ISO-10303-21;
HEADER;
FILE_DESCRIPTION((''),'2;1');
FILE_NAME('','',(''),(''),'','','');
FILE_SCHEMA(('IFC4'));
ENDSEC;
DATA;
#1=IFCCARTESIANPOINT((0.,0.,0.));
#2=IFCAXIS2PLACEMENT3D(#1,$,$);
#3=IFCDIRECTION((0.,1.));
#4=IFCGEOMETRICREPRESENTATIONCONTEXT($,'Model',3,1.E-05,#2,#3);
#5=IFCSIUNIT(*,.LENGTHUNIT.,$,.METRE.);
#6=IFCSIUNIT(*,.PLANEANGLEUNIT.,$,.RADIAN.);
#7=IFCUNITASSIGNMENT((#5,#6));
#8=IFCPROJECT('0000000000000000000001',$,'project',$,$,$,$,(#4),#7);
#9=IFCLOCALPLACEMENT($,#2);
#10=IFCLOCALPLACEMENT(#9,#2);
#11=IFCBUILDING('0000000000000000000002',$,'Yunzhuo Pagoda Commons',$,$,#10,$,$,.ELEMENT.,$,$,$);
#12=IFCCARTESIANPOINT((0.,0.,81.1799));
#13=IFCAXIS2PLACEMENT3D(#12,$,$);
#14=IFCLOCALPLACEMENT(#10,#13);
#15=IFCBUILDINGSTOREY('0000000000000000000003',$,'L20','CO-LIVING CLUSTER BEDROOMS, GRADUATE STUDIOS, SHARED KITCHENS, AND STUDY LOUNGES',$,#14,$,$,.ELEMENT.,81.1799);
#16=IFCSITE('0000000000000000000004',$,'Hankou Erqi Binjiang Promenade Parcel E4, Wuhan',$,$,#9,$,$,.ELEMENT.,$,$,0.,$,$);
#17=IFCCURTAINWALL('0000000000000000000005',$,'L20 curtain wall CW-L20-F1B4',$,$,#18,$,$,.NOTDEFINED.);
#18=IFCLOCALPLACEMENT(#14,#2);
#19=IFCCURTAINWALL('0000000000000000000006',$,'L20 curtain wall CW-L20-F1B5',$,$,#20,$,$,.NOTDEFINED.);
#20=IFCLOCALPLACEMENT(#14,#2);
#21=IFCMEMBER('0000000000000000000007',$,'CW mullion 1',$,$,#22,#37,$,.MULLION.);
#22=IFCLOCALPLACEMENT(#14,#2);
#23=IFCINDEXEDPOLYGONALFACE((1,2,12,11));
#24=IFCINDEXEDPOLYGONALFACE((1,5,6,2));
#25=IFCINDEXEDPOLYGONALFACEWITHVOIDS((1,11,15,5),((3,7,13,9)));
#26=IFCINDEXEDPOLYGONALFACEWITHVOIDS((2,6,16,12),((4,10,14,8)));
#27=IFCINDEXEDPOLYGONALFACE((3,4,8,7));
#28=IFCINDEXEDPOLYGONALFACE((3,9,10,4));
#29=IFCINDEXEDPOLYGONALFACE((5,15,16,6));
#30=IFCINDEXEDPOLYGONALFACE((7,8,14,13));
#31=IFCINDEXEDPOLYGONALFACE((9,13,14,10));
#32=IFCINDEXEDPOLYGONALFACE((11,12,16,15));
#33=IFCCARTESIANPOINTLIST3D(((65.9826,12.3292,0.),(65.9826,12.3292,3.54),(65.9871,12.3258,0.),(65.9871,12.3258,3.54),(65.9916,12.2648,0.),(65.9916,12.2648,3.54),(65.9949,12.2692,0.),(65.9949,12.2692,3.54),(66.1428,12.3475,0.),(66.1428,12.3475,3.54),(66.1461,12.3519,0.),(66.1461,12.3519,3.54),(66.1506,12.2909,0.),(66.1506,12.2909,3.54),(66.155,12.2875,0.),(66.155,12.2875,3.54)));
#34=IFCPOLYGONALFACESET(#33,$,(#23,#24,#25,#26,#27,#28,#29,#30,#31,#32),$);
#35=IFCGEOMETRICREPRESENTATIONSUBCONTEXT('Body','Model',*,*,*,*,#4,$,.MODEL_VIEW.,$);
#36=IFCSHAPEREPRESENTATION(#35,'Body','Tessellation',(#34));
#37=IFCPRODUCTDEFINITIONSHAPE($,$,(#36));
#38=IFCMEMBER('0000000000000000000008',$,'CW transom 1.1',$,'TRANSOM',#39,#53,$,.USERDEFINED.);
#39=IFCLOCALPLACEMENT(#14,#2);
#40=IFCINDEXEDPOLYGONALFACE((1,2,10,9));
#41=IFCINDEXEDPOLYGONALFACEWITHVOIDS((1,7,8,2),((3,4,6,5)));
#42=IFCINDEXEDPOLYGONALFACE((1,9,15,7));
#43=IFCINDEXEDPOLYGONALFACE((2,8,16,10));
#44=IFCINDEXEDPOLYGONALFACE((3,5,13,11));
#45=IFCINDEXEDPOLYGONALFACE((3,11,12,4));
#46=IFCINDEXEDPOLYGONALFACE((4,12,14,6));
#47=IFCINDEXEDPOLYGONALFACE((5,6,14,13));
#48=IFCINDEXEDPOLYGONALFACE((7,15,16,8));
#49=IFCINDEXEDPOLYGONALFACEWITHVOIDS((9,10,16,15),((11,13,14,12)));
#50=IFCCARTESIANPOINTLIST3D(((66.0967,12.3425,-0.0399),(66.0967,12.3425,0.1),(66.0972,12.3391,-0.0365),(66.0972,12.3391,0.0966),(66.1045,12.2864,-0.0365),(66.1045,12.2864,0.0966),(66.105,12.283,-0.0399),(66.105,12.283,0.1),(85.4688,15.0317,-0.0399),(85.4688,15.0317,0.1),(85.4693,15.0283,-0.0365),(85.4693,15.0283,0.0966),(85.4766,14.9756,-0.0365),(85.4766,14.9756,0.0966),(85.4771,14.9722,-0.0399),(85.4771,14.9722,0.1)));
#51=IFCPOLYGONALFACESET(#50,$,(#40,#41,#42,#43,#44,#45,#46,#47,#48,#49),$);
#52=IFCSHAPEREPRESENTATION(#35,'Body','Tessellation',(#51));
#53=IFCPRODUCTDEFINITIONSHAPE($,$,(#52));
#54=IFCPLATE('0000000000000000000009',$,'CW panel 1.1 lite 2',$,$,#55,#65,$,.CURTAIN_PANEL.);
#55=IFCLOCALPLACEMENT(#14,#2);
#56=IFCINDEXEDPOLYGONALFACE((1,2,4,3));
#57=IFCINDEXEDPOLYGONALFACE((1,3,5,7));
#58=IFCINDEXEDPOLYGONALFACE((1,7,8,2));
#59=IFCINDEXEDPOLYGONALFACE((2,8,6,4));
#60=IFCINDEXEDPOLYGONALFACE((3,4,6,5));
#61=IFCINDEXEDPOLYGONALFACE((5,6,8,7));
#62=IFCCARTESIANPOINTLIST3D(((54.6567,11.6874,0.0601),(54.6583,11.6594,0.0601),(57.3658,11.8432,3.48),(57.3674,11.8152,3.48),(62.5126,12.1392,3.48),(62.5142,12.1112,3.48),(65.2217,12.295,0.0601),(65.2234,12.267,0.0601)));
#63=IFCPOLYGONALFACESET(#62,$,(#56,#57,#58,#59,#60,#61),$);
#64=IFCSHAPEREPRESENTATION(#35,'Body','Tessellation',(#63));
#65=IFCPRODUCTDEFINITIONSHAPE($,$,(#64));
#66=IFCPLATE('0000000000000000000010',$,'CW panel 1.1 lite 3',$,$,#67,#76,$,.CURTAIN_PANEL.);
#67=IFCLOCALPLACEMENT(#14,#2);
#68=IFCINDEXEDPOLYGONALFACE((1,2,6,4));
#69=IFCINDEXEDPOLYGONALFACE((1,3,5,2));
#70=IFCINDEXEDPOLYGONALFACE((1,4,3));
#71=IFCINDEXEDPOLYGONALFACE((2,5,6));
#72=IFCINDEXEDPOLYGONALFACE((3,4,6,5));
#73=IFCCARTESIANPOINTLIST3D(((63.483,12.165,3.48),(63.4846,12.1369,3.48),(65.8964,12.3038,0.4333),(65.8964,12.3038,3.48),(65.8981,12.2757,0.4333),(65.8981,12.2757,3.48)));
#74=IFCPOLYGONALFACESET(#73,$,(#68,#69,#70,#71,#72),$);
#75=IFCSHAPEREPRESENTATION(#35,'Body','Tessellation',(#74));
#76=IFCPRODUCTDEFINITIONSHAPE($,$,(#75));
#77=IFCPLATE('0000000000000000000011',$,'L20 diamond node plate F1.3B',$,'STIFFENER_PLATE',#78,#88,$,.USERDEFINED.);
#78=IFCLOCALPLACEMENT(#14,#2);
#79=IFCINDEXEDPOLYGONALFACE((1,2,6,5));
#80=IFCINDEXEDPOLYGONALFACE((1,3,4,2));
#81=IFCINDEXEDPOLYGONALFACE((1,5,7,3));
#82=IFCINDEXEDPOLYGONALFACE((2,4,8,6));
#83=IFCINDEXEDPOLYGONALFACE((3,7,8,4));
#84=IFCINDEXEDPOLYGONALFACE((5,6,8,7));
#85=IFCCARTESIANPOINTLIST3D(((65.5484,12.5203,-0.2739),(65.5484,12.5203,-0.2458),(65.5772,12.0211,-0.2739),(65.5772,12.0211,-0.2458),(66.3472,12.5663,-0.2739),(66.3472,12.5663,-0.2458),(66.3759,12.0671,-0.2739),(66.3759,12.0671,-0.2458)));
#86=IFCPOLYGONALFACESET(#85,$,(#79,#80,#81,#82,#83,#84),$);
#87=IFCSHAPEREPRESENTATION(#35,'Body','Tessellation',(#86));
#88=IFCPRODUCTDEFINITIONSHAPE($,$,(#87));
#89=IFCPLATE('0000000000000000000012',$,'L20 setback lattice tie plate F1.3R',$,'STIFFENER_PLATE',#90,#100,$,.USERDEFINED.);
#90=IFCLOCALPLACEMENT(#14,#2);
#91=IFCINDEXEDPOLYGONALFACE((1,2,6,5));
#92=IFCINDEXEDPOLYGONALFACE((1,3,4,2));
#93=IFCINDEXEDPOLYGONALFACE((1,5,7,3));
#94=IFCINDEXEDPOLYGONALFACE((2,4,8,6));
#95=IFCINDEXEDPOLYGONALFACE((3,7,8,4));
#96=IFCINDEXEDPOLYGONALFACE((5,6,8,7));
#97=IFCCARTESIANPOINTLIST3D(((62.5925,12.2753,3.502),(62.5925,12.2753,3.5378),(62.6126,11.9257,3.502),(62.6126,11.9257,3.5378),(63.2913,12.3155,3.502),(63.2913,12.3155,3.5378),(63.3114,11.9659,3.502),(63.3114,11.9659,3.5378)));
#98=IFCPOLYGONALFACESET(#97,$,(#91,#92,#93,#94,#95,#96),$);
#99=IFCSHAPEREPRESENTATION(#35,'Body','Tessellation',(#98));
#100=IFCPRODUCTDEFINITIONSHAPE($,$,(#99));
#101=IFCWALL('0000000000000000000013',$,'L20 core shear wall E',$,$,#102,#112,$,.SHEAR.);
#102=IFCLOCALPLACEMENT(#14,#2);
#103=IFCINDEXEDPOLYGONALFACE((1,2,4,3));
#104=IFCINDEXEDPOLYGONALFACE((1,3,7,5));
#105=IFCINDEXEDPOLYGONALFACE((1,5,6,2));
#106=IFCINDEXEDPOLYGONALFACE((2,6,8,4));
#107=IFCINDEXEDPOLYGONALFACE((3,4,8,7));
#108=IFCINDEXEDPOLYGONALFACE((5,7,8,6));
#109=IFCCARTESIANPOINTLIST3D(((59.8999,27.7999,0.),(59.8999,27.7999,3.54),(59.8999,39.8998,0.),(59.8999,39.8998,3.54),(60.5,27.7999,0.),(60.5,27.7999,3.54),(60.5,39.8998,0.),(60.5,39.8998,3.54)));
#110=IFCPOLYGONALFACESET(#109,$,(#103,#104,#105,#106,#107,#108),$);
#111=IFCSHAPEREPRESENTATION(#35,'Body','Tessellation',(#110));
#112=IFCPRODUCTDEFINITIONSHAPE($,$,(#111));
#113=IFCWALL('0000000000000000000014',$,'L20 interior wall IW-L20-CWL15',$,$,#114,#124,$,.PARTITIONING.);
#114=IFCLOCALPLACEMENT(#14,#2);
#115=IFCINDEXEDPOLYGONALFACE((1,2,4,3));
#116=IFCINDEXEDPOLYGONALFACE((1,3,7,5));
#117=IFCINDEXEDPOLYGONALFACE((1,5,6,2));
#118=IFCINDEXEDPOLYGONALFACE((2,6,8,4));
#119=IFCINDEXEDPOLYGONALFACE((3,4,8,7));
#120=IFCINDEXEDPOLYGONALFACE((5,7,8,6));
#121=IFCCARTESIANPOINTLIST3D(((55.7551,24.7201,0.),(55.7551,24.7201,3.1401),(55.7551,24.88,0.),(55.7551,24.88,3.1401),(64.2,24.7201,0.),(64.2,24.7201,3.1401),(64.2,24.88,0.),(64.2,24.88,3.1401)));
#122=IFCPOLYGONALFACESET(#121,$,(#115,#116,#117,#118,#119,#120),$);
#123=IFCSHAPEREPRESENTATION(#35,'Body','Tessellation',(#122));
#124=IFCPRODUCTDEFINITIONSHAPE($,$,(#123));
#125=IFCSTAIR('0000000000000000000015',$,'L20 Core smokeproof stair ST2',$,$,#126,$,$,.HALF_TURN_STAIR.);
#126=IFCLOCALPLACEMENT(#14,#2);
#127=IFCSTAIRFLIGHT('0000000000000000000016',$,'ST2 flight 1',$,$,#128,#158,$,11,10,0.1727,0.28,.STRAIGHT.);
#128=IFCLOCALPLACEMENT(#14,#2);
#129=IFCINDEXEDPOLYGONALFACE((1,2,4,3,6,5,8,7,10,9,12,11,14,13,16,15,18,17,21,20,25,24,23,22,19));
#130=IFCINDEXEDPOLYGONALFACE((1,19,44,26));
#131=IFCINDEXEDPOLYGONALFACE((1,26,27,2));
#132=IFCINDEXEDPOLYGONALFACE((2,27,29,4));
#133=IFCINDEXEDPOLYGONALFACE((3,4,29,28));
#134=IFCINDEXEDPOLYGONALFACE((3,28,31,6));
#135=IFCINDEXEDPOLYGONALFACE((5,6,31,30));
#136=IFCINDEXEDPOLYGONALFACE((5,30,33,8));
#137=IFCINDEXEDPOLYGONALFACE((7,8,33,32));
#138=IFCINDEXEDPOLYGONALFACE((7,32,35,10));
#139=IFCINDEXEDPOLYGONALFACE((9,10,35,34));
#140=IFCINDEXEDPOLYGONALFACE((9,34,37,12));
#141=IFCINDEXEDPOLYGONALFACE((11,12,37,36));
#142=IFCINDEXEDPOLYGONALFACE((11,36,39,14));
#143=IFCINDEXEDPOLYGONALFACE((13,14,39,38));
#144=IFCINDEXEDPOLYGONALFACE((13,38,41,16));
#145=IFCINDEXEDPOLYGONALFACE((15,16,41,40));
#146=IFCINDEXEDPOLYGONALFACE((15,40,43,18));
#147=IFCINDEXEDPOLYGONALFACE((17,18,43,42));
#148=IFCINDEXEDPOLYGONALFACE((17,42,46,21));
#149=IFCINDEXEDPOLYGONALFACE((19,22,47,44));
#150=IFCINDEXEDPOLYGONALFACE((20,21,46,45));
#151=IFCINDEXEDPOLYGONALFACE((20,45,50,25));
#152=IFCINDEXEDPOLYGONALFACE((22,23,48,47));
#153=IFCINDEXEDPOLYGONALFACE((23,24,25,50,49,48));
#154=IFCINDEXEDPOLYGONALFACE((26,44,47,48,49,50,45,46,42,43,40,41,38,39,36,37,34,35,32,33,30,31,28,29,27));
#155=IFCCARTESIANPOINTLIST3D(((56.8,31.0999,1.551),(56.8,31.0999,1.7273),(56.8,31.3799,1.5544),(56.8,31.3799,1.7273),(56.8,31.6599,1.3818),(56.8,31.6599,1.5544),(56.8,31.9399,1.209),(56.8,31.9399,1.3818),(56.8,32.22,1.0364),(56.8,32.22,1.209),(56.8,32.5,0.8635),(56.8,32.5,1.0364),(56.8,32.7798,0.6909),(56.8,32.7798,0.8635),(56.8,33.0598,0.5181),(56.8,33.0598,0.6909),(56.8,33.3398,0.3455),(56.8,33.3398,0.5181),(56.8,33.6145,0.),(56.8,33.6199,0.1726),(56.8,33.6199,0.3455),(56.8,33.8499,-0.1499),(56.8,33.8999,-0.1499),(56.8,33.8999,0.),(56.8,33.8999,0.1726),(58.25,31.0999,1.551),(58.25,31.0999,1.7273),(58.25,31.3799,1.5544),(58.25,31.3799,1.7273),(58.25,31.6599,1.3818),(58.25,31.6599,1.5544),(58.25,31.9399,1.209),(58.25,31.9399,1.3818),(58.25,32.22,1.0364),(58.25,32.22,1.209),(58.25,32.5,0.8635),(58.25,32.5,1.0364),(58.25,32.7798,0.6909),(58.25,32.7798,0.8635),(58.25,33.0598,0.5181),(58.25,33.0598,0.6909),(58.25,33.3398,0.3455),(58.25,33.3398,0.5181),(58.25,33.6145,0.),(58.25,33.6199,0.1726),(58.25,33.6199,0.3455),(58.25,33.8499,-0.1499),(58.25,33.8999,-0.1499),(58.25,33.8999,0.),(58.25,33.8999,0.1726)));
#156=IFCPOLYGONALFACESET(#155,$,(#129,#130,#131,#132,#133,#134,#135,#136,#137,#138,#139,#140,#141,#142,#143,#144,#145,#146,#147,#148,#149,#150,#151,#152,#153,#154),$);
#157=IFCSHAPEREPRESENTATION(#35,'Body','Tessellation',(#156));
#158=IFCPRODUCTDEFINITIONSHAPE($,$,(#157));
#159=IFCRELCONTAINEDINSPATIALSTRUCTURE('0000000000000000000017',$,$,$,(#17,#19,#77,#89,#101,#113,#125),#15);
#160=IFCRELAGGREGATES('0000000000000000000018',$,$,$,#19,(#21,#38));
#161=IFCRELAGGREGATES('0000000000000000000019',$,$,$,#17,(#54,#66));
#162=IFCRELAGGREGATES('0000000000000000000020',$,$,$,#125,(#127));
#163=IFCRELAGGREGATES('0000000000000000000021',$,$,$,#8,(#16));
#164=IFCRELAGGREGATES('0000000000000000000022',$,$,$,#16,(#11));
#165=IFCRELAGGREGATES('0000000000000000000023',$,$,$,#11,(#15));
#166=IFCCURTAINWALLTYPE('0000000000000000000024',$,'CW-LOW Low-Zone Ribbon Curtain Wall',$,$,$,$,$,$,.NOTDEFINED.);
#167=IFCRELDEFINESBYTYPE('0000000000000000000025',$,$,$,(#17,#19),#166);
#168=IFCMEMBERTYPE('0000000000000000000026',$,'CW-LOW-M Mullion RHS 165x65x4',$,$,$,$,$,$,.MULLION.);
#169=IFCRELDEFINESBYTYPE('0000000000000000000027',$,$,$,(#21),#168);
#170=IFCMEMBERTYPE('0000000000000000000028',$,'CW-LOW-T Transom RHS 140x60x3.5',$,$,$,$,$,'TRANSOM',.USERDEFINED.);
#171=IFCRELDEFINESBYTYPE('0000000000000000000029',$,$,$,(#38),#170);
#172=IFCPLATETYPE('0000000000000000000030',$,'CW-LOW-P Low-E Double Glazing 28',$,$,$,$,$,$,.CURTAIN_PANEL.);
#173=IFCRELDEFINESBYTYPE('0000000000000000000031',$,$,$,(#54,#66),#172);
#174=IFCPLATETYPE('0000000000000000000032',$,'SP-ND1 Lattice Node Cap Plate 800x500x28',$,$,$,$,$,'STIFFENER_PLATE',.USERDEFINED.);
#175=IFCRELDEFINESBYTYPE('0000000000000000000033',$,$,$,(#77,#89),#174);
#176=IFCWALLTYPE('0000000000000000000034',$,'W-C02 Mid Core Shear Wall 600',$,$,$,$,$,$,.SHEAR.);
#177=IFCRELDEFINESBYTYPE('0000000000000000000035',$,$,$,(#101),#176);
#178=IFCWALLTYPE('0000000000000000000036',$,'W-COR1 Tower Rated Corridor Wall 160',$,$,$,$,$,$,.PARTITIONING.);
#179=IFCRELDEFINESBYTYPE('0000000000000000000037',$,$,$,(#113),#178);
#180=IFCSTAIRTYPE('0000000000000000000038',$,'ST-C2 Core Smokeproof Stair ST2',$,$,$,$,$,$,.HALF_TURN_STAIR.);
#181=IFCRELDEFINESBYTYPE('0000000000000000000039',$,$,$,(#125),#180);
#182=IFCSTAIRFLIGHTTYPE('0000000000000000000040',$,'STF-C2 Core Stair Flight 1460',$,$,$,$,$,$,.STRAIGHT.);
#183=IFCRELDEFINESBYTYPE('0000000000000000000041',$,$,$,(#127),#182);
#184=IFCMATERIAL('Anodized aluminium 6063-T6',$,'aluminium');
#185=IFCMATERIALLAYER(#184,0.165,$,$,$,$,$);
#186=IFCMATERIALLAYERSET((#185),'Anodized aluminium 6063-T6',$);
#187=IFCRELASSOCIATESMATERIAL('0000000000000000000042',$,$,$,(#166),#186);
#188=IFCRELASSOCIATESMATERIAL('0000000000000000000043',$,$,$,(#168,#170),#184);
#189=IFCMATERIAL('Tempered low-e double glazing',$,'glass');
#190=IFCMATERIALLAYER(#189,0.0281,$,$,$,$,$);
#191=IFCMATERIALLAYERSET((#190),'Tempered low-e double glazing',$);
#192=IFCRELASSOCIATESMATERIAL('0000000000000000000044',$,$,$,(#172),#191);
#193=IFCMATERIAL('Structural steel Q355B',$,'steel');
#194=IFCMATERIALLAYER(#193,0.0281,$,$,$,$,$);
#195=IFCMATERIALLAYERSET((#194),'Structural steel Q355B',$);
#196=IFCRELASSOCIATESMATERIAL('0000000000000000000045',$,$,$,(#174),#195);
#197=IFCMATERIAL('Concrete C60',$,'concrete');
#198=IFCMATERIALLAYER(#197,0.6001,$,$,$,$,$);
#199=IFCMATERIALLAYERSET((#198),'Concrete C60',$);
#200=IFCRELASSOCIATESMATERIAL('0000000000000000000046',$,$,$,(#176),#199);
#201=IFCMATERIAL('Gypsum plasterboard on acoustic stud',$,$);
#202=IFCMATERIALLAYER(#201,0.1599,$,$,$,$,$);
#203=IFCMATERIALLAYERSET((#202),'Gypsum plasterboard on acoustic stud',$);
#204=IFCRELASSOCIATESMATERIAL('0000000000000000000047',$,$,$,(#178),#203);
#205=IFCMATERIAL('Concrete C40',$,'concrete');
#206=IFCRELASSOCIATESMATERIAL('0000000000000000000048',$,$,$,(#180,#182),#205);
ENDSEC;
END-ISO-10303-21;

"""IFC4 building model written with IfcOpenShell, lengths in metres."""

from ifc_helpers import new_model, si_unit, direction, frame, frame_2d, origin, origin_2d, place, context, subcontext, project, spatial, polyline, rectangle, hollow_rectangle, outline, extrude, source, transform, mapped, material, layer, layer_set, material_profile, profile_set, type_object, element, aggregate, save


model = new_model("IFC4")

# Units and contexts
model_context = context("Model", 3, precision=1e-05, world=origin(), true_north=direction((0.0, 1.0)))
body_context = subcontext(model_context, "Body", "Model", "MODEL_VIEW")
ifc_project = project(units=[si_unit("LENGTHUNIT", "METRE"), si_unit("PLANEANGLEUNIT", "RADIAN")], contexts=[model_context])

# Site, building, storey
site_placement = place(None, origin())
site = spatial("IfcSite", under=ifc_project, at=site_placement, Name="Hankou Erqi Binjiang Promenade Parcel E4, Wuhan", CompositionType="ELEMENT", RefElevation=0.0)
building_placement = place(site_placement, origin())
building = spatial("IfcBuilding", under=site, at=building_placement, Name="Yunzhuo Pagoda Commons", CompositionType="ELEMENT")
storey_placement = place(building_placement, frame((0.0, 0.0, 81.1799)))
storey = spatial("IfcBuildingStorey", under=building, at=storey_placement, Name="L20", Description="CO-LIVING CLUSTER BEDROOMS, GRADUATE STUDIOS, SHARED KITCHENS, AND STUDY LOUNGES", CompositionType="ELEMENT", Elevation=81.1799)

# Shared definitions
ifc_material_1 = material(Name="Structural steel Q355B", Category="steel")

# Curtain wall
ifc_material_2 = material(Name="Anodized aluminium 6063-T6", Category="aluminium")
ifc_layer_1 = layer(ifc_material_2, 0.165)
ifc_layer_set_1 = layer_set([ifc_layer_1], Name="Anodized aluminium 6063-T6")
curtain_wall_type = type_object("IfcCurtainWallType", Name="CW-LOW Low-Zone Ribbon Curtain Wall", PredefinedType="NOTDEFINED", material=ifc_layer_set_1)
curtain_wall_1_placement = place(storey_placement, origin())
curtain_wall_1 = element("IfcCurtainWall", 1, at=curtain_wall_1_placement, inside=storey, type_object=curtain_wall_type, Name="L20 curtain wall CW-L20-F1B4", PredefinedType="NOTDEFINED")
ifc_material_profile_1 = material_profile(ifc_material_2, hollow_rectangle(XDim=0.0649, YDim=0.165, WallThickness=0.0039, at=origin_2d()), Name="Anodized aluminium 6063-T6")
ifc_profile_set_1 = profile_set([ifc_material_profile_1], Name="Anodized aluminium 6063-T6")
member_type_1 = type_object("IfcMemberType", Name="CW-LOW-M Mullion RHS 165x65x4", PredefinedType="MULLION", material=ifc_profile_set_1)
shared_shape_1 = source(origin(), body_context, "Body", "SweptSolid", [
    extrude(hollow_rectangle(XDim=0.0649, YDim=0.165, WallThickness=0.0039, at=origin_2d()), origin(), (0.0, 0.0, 1.0), 3.54),
])

# Curtain wall, members
curtain_wall_2_placement = place(storey_placement, origin())
curtain_wall_2 = element("IfcCurtainWall", 2, at=curtain_wall_2_placement, inside=storey, type_object=curtain_wall_type, Name="L20 curtain wall CW-L20-F1B5", PredefinedType="NOTDEFINED")
member_1_placement = place(storey_placement, frame((66.0688, 12.3083, 0.0), z_axis=(0.0, 0.0, 1.0), x_axis=(-0.137496, 0.990502, 0.0)))
member_1 = element("IfcMember", 3, at=member_1_placement, type_object=member_type_1, Name="CW mullion 1", PredefinedType="MULLION", context=body_context, shape_type="MappedRepresentation", body=[
    mapped(shared_shape_1, transform((0.0, 0.0, 0.0), scale=1.0)),
])
ifc_material_profile_2 = material_profile(ifc_material_2, hollow_rectangle(XDim=0.0601, YDim=0.1399, WallThickness=0.0034, at=origin_2d()), Name="Anodized aluminium 6063-T6")
ifc_profile_set_2 = profile_set([ifc_material_profile_2], Name="Anodized aluminium 6063-T6")
member_type_2 = type_object("IfcMemberType", Name="CW-LOW-T Transom RHS 140x60x3.5", ElementType="TRANSOM", PredefinedType="USERDEFINED", material=ifc_profile_set_2)
shared_shape_2 = source(origin(), body_context, "Body", "SweptSolid", [
    extrude(hollow_rectangle(XDim=0.0601, YDim=0.1399, WallThickness=0.0034, at=origin_2d()), origin(), (0.0, 0.0, 1.0), 19.5579),
])
member_2_placement = place(storey_placement, frame((66.1008, 12.3127, 0.03), z_axis=(0.990502, 0.1375, 0.0), x_axis=(-0.1375, 0.990502, 0.0)))
member_2 = element("IfcMember", 4, at=member_2_placement, type_object=member_type_2, Name="CW transom 1.1", ObjectType="TRANSOM", PredefinedType="USERDEFINED", context=body_context, shape_type="MappedRepresentation", body=[
    mapped(shared_shape_2, transform((0.0, 0.0, 0.0), scale=1.0)),
])
aggregate(curtain_wall_2, [member_1, member_2])

# Plates
ifc_material_3 = material(Name="Tempered low-e double glazing", Category="glass")
ifc_layer_2 = layer(ifc_material_3, 0.0281)
ifc_layer_set_2 = layer_set([ifc_layer_2], Name="Tempered low-e double glazing")
plate_type_1 = type_object("IfcPlateType", Name="CW-LOW-P Low-E Double Glazing 28", PredefinedType="CURTAIN_PANEL", material=ifc_layer_set_2)
plate_1_placement = place(storey_placement, frame((59.9392, 11.9912, 1.77), z_axis=(0.057418, -0.99835, 0.0), x_axis=(0.99835, 0.057418, 0.0)))
plate_1 = element("IfcPlate", 5, at=plate_1_placement, type_object=plate_type_1, Name="CW panel 1.1 lite 2", PredefinedType="CURTAIN_PANEL", context=body_context, shape_type="SweptSolid", body=[
    extrude(outline(polyline([(-5.2913, -1.71), (5.2913, -1.71), (2.5776, 1.71), (-2.5776, 1.71), (-5.2913, -1.71)])), origin(), (0.0, 0.0, 1.0), 0.0281),
])
plate_2_placement = place(storey_placement, frame((64.6897, 12.2344, 1.9568), z_axis=(0.057418, -0.99835, 0.0), x_axis=(0.99835, 0.057418, 0.0)))
plate_2 = element("IfcPlate", 6, at=plate_2_placement, type_object=plate_type_1, Name="CW panel 1.1 lite 3", PredefinedType="CURTAIN_PANEL", context=body_context, shape_type="SweptSolid", body=[
    extrude(outline(polyline([(-1.2087, 1.5232), (1.2087, -1.5234), (1.2087, 1.5232), (-1.2087, 1.5232)])), origin(), (0.0, 0.0, 1.0), 0.0281),
])
aggregate(curtain_wall_1, [plate_1, plate_2])

# Plates
ifc_layer_3 = layer(ifc_material_1, 0.0281)
ifc_layer_set_3 = layer_set([ifc_layer_3], Name="Structural steel Q355B")
plate_type_2 = type_object("IfcPlateType", Name="SP-ND1 Lattice Node Cap Plate 800x500x28", ElementType="STIFFENER_PLATE", PredefinedType="USERDEFINED", material=ifc_layer_set_3)
shared_shape_3 = source(origin(), body_context, "Body", "SweptSolid", [
    extrude(rectangle(XDim=0.8, YDim=0.5, at=origin_2d()), origin(), (0.0, 0.0, 1.0), 0.0281),
])
plate_3_placement = place(storey_placement, frame((65.9622, 12.2937, -0.2739), z_axis=(0.0, 0.0, 1.0), x_axis=(0.99835, 0.057425, 0.0)))
element("IfcPlate", 7, at=plate_3_placement, inside=storey, type_object=plate_type_2, Name="L20 diamond node plate F1.3B", ObjectType="STIFFENER_PLATE", PredefinedType="USERDEFINED", context=body_context, shape_type="MappedRepresentation", body=[
    mapped(shared_shape_3, transform((0.0, 0.0, 0.0), scale=1.0)),
])
shared_shape_4 = source(origin(), body_context, "Body", "SweptSolid", [
    extrude(rectangle(XDim=0.7, YDim=0.3501, at=origin_2d()), origin(), (0.0, 0.0, 1.0), 0.0359),
])
plate_4_placement = place(storey_placement, frame((62.9519, 12.1206, 3.502), z_axis=(0.0, 0.0, 1.0), x_axis=(0.99835, 0.057425, 0.0)))
element("IfcPlate", 8, at=plate_4_placement, inside=storey, type_object=plate_type_2, Name="L20 setback lattice tie plate F1.3R", ObjectType="STIFFENER_PLATE", PredefinedType="USERDEFINED", context=body_context, shape_type="MappedRepresentation", body=[
    mapped(shared_shape_4, transform((0.0, 0.0, 0.0), scale=1.0)),
])

# Walls
ifc_material_4 = material(Name="Concrete C60", Category="concrete")
ifc_layer_4 = layer(ifc_material_4, 0.6001)
ifc_layer_set_4 = layer_set([ifc_layer_4], Name="Concrete C60")
wall_type_1 = type_object("IfcWallType", Name="W-C02 Mid Core Shear Wall 600", PredefinedType="SHEAR", material=ifc_layer_set_4)
wall_1_placement = place(storey_placement, frame((60.2, 27.8, 0.0), z_axis=(0.0, 0.0, 1.0), x_axis=(0.0, 1.0, 0.0)))
element("IfcWall", 9, at=wall_1_placement, inside=storey, type_object=wall_type_1, Name="L20 core shear wall E", PredefinedType="SHEAR", context=body_context, shape_type="SweptSolid", body=[
    extrude(rectangle(XDim=12.0999, YDim=0.6001, at=frame_2d((6.0498, 0.0))), origin(), (0.0, 0.0, 1.0), 3.54),
])
ifc_material_5 = material(Name="Gypsum plasterboard on acoustic stud")
ifc_layer_5 = layer(ifc_material_5, 0.1599)
ifc_layer_set_5 = layer_set([ifc_layer_5], Name="Gypsum plasterboard on acoustic stud")
wall_type_2 = type_object("IfcWallType", Name="W-COR1 Tower Rated Corridor Wall 160", PredefinedType="PARTITIONING", material=ifc_layer_set_5)
wall_2_placement = place(storey_placement, frame((64.2, 24.8, 0.0), z_axis=(0.0, 0.0, 1.0), x_axis=(-1.0, 0.0, 0.0)))
element("IfcWall", 10, at=wall_2_placement, inside=storey, type_object=wall_type_2, Name="L20 interior wall IW-L20-CWL15", PredefinedType="PARTITIONING", context=body_context, shape_type="SweptSolid", body=[
    extrude(rectangle(XDim=8.4448, YDim=0.1599, at=frame_2d((4.2224, 0.0))), origin(), (0.0, 0.0, 1.0), 3.1401),
])

# Stair, stair flight
ifc_material_6 = material(Name="Concrete C40", Category="concrete")
stair_type = type_object("IfcStairType", Name="ST-C2 Core Smokeproof Stair ST2", PredefinedType="HALF_TURN_STAIR", material=ifc_material_6)
stair_placement = place(storey_placement, origin())
stair = element("IfcStair", 11, at=stair_placement, inside=storey, type_object=stair_type, Name="L20 Core smokeproof stair ST2", PredefinedType="HALF_TURN_STAIR")
stair_flight_type = type_object("IfcStairFlightType", Name="STF-C2 Core Stair Flight 1460", PredefinedType="STRAIGHT", material=ifc_material_6)
shared_shape_5 = source(origin(), body_context, "Body", "SweptSolid", [
    extrude(outline(polyline([(0.0, -0.1499), (0.0, 0.0), (0.0, 0.1726), (0.28, 0.1726), (0.28, 0.3455), (0.5601, 0.3455), (0.5601, 0.5181), (0.8401, 0.5181), (0.8401, 0.6909), (1.1201, 0.6909), (1.1201, 0.8635), (1.3999, 0.8635), (1.3999, 1.0364), (1.6799, 1.0364), (1.6799, 1.209), (1.96, 1.209), (1.96, 1.3818), (2.24, 1.3818), (2.24, 1.5544), (2.52, 1.5544), (2.52, 1.7273), (2.8, 1.7273), (2.8, 1.8999), (2.8, 1.551), (0.2854, 0.0), (0.05, -0.1499), (0.0, -0.1499)])), frame((0.0, 0.7251, 0.0), z_axis=(0.0, -1.0, 0.0), x_axis=(1.0, 0.0, 0.0)), (0.0, 0.0, 1.0), 1.45),
])
stair_flight_1_placement = place(storey_placement, frame((57.5249, 33.8999, 0.0), z_axis=(0.0, 0.0, 1.0), x_axis=(0.0, -1.0, 0.0)))
stair_flight_1 = element("IfcStairFlight", 12, at=stair_flight_1_placement, type_object=stair_flight_type, Name="ST2 flight 1", NumberOfRisers=11, NumberOfTreads=10, PredefinedType="STRAIGHT", RiserHeight=0.1727, TreadLength=0.28, context=body_context, shape_type="MappedRepresentation", body=[
    mapped(shared_shape_5, transform((0.0, 0.0, 0.0), scale=1.0)),
])
aggregate(stair, [stair_flight_1])

save(model, "model.ifc")
